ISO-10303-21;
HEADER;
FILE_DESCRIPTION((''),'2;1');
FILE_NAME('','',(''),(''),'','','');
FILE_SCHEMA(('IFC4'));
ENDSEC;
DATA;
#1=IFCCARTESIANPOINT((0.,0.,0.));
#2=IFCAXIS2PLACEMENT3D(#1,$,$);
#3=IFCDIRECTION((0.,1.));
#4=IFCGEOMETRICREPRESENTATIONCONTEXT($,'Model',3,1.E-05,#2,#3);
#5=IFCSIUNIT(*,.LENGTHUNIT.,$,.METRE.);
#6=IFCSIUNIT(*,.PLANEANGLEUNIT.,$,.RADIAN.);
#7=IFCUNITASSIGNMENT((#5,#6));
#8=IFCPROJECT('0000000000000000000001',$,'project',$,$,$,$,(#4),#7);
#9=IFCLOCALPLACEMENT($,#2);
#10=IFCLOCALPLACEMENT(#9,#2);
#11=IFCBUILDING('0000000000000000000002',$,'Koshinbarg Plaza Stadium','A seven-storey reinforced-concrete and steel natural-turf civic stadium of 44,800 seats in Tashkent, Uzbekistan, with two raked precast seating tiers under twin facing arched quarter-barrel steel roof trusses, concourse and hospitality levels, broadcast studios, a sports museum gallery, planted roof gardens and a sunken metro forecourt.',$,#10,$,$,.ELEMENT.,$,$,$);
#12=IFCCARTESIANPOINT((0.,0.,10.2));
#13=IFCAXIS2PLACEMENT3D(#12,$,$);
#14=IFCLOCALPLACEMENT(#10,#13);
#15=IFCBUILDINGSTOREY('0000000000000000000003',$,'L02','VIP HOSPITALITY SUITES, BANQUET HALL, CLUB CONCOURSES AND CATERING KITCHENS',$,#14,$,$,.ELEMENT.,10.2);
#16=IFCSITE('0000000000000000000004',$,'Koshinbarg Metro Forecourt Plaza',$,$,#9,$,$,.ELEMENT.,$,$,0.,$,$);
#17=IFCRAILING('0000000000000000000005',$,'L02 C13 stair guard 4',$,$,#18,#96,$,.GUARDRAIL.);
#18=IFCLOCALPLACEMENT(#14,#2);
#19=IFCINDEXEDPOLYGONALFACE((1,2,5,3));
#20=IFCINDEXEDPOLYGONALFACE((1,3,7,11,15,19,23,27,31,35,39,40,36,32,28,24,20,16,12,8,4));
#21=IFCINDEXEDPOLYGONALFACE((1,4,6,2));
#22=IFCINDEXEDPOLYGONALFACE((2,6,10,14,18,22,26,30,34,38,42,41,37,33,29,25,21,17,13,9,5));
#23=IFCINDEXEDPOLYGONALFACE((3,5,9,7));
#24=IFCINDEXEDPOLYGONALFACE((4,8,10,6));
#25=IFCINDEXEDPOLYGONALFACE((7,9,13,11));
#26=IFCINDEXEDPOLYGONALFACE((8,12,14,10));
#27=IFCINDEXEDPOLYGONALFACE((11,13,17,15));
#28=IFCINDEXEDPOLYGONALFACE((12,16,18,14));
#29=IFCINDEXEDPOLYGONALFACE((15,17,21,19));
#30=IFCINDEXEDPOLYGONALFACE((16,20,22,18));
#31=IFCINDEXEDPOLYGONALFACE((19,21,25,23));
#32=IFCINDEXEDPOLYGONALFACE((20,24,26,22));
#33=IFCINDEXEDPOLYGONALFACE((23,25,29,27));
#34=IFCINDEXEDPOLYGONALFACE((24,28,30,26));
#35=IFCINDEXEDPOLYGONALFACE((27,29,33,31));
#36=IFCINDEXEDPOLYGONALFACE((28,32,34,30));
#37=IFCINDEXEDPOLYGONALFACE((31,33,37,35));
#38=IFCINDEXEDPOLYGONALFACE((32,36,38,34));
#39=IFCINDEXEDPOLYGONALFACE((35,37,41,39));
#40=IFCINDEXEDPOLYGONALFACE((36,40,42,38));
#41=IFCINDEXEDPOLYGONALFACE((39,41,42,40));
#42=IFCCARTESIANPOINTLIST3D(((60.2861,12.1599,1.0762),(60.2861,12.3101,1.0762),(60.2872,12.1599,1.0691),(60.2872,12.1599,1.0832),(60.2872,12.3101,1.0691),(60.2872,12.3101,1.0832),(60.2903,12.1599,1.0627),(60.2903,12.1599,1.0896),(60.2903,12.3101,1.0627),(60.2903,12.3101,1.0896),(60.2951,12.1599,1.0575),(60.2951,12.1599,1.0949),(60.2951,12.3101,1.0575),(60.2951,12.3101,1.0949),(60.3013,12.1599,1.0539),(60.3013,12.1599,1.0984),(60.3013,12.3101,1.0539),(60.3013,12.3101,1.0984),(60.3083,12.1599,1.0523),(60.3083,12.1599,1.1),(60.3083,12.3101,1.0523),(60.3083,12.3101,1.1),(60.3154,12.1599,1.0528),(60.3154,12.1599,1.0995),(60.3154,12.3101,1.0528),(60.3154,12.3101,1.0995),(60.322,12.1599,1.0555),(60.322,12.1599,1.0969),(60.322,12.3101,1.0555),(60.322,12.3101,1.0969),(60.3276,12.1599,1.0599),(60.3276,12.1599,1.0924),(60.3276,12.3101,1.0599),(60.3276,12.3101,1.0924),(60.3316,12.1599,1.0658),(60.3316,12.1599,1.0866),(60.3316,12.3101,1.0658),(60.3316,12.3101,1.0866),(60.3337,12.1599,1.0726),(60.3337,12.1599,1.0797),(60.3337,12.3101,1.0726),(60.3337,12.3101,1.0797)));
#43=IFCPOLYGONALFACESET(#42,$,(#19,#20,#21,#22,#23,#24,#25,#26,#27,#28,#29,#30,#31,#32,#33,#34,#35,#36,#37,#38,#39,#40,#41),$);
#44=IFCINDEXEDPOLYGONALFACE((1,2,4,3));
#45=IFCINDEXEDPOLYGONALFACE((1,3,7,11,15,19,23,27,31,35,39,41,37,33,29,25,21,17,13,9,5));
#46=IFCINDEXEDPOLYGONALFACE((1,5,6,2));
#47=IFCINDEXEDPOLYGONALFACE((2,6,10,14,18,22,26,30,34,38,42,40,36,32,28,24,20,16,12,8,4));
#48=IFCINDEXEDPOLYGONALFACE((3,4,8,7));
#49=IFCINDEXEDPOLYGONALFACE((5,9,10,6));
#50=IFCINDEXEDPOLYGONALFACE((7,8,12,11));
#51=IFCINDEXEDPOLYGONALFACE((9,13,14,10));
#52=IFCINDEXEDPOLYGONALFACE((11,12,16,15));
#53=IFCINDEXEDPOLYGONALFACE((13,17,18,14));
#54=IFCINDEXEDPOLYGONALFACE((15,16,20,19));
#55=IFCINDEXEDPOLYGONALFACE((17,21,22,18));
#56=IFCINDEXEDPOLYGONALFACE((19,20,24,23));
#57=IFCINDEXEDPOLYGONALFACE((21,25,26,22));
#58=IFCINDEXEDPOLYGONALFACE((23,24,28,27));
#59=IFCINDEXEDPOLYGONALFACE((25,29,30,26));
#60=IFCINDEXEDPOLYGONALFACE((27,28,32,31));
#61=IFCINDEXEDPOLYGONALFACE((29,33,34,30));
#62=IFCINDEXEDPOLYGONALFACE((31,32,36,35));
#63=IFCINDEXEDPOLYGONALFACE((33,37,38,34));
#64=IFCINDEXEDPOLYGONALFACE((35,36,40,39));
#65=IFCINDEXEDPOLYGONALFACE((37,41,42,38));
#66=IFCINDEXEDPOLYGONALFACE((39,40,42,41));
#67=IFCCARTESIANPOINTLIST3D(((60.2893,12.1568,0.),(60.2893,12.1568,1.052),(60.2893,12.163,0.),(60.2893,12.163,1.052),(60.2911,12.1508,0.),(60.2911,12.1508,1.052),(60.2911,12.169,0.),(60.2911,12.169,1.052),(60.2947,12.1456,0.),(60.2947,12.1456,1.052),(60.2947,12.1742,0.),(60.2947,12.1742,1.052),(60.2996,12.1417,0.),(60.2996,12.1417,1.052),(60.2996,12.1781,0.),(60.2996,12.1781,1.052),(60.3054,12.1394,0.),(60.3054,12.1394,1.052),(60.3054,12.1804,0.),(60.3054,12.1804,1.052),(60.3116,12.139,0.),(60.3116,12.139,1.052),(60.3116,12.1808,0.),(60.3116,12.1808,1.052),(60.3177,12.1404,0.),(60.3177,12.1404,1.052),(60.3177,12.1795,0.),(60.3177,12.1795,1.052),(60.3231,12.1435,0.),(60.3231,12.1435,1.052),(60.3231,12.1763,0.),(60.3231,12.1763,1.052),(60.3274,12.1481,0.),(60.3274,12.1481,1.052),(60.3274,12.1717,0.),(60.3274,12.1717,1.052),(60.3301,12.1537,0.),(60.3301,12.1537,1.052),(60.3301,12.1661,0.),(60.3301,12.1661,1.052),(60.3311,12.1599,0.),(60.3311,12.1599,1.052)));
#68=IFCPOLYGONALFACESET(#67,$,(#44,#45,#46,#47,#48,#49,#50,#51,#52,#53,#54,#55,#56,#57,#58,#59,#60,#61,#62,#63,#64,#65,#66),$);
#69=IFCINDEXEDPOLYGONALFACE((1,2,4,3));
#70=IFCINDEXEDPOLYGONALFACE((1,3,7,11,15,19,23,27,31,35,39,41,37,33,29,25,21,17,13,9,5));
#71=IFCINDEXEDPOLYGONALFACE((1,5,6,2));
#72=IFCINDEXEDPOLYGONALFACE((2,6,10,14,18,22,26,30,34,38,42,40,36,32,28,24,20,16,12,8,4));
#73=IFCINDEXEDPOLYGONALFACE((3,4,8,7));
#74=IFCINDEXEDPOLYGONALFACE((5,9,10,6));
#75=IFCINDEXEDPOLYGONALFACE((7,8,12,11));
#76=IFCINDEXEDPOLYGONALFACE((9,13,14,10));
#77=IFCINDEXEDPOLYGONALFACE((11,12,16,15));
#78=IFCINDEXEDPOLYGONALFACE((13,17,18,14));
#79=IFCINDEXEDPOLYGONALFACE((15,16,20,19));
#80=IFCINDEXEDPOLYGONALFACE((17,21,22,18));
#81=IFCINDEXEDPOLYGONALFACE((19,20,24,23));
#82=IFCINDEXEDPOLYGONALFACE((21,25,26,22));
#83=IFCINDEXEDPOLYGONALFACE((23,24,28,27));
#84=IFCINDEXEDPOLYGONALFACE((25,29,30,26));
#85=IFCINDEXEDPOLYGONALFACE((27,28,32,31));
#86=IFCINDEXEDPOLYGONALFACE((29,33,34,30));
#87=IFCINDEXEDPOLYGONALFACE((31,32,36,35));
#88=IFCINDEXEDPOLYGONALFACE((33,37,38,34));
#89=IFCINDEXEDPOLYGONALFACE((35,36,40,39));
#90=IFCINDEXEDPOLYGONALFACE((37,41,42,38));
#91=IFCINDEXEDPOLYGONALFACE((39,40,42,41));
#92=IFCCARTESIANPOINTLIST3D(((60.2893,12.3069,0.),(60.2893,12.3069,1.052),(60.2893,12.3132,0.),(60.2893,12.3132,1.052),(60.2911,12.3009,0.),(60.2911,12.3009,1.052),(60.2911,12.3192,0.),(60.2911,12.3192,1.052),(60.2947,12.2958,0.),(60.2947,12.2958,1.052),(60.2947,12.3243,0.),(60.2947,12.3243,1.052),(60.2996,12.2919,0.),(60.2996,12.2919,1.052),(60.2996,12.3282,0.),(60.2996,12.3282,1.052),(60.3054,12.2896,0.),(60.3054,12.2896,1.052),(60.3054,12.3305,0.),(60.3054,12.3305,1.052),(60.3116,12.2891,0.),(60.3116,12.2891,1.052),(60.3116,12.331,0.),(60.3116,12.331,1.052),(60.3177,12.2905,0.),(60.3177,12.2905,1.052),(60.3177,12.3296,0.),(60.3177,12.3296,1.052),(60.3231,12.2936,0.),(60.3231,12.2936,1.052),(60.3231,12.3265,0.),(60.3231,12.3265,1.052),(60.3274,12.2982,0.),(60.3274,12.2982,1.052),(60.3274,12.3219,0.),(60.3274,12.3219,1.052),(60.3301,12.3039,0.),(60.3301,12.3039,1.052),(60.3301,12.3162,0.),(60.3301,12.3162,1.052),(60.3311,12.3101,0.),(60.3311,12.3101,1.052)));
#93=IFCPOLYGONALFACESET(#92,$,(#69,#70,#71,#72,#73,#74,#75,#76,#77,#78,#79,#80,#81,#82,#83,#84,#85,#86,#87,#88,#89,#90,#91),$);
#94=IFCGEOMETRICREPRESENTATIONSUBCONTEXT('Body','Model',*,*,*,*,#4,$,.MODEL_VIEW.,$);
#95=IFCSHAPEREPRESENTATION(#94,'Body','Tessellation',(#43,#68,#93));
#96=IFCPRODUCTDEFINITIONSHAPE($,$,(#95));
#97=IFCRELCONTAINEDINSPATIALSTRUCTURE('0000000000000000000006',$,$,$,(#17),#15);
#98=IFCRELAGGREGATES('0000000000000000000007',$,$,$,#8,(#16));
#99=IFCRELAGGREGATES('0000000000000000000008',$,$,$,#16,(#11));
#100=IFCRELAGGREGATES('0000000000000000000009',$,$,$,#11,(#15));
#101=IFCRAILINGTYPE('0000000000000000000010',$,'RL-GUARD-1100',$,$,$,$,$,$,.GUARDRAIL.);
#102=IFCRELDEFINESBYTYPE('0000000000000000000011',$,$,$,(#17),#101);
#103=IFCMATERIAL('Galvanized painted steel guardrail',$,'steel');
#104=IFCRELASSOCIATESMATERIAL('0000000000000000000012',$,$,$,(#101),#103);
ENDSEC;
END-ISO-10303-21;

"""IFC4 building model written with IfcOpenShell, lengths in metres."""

from ifc_helpers import new_model, si_unit, direction, frame, origin, origin_2d, place, context, subcontext, project, spatial, circle, extrude, material, type_object, element, save


model = new_model("IFC4")

# Units and contexts
model_context = context("Model", 3, precision=1e-05, world=origin(), true_north=direction((0.0, 1.0)))
body_context = subcontext(model_context, "Body", "Model", "MODEL_VIEW")
ifc_project = project(units=[si_unit("LENGTHUNIT", "METRE"), si_unit("PLANEANGLEUNIT", "RADIAN")], contexts=[model_context])

# Site, building, storey
site_placement = place(None, origin())
site = spatial("IfcSite", under=ifc_project, at=site_placement, Name="Koshinbarg Metro Forecourt Plaza", CompositionType="ELEMENT", RefElevation=0.0)
building_placement = place(site_placement, origin())
building = spatial("IfcBuilding", under=site, at=building_placement, Name="Koshinbarg Plaza Stadium", Description="A seven-storey reinforced-concrete and steel natural-turf civic stadium of 44,800 seats in Tashkent, Uzbekistan, with two raked precast seating tiers under twin facing arched quarter-barrel steel roof trusses, concourse and hospitality levels, broadcast studios, a sports museum gallery, planted roof gardens and a sunken metro forecourt.", CompositionType="ELEMENT")
storey_placement = place(building_placement, frame((0.0, 0.0, 10.2)))
storey = spatial("IfcBuildingStorey", under=building, at=storey_placement, Name="L02", Description="VIP HOSPITALITY SUITES, BANQUET HALL, CLUB CONCOURSES AND CATERING KITCHENS", CompositionType="ELEMENT", Elevation=10.2)

# Railing
ifc_material_1 = material(Name="Galvanized painted steel guardrail", Category="steel")
railing_type_1 = type_object("IfcRailingType", Name="RL-GUARD-1100", PredefinedType="GUARDRAIL", material=ifc_material_1)
railing_1_placement = place(storey_placement, frame((60.3101, 12.1599, 0.0)))
element("IfcRailing", 1, at=railing_1_placement, inside=storey, type_object=railing_type_1, Name="L02 C13 stair guard 4", PredefinedType="GUARDRAIL", context=body_context, shape_type="SweptSolid", body=[
    extrude(circle(Radius=0.0239, at=origin_2d()), frame((0.0, 0.0, 1.0762), z_axis=(0.0, 1.0, 0.0), x_axis=(-1.0, 0.0, 0.0)), (0.0, 0.0, 1.0), 0.1501),
    extrude(circle(Radius=0.021, at=origin_2d()), origin(), (0.0, 0.0, 1.0), 1.052),
    extrude(circle(Radius=0.021, at=origin_2d()), frame((0.0, 0.1501, 0.0)), (0.0, 0.0, 1.0), 1.052),
])

save(model, "model.ifc")
